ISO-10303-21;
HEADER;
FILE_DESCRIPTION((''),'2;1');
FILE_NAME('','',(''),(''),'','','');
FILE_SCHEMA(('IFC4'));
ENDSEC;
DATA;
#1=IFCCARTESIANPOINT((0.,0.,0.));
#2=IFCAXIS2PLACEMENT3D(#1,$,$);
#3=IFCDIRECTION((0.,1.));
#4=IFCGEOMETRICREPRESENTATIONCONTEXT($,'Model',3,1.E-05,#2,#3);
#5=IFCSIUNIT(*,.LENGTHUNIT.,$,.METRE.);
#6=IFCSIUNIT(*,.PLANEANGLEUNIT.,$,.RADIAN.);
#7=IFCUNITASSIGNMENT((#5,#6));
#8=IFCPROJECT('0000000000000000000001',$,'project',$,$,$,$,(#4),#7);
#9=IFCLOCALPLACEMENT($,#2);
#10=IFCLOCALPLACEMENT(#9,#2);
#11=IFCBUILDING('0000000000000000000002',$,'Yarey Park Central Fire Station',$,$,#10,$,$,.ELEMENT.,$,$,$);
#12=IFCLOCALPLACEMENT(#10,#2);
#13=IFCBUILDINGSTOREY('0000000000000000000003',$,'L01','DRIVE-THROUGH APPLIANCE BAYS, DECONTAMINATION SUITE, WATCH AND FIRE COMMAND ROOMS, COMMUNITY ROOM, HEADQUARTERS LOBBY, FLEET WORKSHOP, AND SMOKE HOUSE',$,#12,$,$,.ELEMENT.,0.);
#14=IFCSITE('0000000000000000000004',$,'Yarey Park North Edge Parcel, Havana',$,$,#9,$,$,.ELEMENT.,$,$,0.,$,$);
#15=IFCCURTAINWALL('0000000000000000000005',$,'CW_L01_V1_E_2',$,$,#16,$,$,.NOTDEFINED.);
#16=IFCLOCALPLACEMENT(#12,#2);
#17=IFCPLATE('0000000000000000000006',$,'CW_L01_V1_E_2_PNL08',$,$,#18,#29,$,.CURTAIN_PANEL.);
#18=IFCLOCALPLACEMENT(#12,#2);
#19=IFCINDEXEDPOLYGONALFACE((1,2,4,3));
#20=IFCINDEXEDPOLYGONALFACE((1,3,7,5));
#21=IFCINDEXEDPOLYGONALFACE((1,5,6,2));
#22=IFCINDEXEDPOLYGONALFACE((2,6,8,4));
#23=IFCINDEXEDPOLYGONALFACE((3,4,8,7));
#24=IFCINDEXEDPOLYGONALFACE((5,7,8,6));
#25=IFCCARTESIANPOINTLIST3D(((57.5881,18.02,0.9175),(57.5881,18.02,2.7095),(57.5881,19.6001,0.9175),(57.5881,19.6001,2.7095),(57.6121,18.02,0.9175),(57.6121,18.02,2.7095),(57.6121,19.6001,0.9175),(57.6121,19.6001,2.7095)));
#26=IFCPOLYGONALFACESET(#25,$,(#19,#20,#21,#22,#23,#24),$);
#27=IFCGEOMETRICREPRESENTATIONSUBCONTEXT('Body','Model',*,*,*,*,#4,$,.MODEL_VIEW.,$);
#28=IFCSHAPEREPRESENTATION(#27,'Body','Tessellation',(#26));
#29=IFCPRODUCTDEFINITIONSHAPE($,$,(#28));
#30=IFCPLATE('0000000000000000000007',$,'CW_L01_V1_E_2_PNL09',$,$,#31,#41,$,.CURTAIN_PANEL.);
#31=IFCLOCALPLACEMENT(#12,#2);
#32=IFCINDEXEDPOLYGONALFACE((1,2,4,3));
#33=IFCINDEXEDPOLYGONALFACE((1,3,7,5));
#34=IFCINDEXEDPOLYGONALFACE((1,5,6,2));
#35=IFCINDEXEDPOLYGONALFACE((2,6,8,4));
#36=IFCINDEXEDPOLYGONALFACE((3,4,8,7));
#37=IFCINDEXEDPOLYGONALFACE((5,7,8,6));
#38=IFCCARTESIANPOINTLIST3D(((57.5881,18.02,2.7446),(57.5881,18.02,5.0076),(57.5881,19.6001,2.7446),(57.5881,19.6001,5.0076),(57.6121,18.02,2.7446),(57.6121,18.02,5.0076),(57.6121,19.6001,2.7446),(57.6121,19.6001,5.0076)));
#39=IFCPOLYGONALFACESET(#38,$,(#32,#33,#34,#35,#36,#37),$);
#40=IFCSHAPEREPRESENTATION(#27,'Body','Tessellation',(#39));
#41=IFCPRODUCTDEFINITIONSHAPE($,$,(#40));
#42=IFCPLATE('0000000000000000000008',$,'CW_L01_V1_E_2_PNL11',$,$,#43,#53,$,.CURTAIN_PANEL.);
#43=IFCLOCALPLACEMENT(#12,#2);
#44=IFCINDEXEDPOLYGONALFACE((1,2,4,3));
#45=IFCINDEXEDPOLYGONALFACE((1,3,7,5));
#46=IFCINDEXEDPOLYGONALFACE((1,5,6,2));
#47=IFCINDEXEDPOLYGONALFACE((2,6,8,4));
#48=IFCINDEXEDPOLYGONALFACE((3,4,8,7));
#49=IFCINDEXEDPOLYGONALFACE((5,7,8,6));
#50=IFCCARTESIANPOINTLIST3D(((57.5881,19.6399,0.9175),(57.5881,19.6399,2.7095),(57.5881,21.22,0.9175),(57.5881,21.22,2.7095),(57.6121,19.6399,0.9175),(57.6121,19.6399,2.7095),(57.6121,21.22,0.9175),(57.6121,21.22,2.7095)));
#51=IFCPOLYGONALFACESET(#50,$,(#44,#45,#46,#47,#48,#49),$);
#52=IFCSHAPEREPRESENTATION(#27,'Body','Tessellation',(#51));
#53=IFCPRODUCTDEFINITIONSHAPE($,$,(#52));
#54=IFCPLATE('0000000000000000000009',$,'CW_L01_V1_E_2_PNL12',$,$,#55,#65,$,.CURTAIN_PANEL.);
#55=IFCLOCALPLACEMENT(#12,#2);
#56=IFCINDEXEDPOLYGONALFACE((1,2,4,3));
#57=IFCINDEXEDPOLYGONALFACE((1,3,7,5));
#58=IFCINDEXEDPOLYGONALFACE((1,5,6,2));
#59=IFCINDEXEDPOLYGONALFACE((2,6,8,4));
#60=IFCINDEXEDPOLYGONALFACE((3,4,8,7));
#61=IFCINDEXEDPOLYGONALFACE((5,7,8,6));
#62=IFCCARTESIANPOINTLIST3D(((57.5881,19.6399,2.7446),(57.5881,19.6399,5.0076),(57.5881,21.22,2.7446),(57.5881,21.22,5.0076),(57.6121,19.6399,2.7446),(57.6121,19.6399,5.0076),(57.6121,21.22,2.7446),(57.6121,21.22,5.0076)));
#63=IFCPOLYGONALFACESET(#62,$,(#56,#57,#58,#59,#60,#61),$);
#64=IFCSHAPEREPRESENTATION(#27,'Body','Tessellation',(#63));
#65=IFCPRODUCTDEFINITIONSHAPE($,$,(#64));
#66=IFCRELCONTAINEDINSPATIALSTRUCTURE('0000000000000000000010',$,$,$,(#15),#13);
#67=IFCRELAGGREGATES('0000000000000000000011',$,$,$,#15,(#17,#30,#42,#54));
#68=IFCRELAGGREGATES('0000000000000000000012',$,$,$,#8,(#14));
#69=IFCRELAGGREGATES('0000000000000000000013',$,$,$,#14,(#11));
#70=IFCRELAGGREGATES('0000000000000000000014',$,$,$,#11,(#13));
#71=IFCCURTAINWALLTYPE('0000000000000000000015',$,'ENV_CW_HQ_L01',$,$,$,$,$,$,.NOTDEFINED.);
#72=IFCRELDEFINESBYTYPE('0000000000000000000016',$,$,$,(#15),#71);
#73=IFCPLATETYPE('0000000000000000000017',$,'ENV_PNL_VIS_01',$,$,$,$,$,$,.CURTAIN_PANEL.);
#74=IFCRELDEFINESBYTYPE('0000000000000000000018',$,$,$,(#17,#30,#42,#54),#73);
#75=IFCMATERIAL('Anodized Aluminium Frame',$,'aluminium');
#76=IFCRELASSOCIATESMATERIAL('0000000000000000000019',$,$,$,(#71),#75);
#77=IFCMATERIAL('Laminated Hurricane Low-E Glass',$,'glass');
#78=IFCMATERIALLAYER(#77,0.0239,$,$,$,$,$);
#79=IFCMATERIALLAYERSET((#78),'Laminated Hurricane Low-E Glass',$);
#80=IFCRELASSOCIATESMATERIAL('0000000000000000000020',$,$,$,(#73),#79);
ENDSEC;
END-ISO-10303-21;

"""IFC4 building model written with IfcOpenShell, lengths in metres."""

from ifc_helpers import new_model, si_unit, direction, frame, origin, origin_2d, place, context, subcontext, project, spatial, rectangle, extrude, material, layer, layer_set, type_object, element, aggregate, save


model = new_model("IFC4")

# Units and contexts
model_context = context("Model", 3, precision=1e-05, world=origin(), true_north=direction((0.0, 1.0)))
body_context = subcontext(model_context, "Body", "Model", "MODEL_VIEW")
ifc_project = project(units=[si_unit("LENGTHUNIT", "METRE"), si_unit("PLANEANGLEUNIT", "RADIAN")], contexts=[model_context])

# Site, building, storey
site_placement = place(None, origin())
site = spatial("IfcSite", under=ifc_project, at=site_placement, Name="Yarey Park North Edge Parcel, Havana", CompositionType="ELEMENT", RefElevation=0.0)
building_placement = place(site_placement, origin())
building = spatial("IfcBuilding", under=site, at=building_placement, Name="Yarey Park Central Fire Station", CompositionType="ELEMENT")
storey_placement = place(building_placement, origin())
storey = spatial("IfcBuildingStorey", under=building, at=storey_placement, Name="L01", Description="DRIVE-THROUGH APPLIANCE BAYS, DECONTAMINATION SUITE, WATCH AND FIRE COMMAND ROOMS, COMMUNITY ROOM, HEADQUARTERS LOBBY, FLEET WORKSHOP, AND SMOKE HOUSE", CompositionType="ELEMENT", Elevation=0.0)

# Curtain wall
ifc_material_1 = material(Name="Anodized Aluminium Frame", Category="aluminium")
curtain_wall_type = type_object("IfcCurtainWallType", Name="ENV_CW_HQ_L01", PredefinedType="NOTDEFINED", material=ifc_material_1)
curtain_wall_1_placement = place(storey_placement, origin())
curtain_wall_1 = element("IfcCurtainWall", 1, at=curtain_wall_1_placement, inside=storey, type_object=curtain_wall_type, Name="CW_L01_V1_E_2", PredefinedType="NOTDEFINED")

# Plates
ifc_material_2 = material(Name="Laminated Hurricane Low-E Glass", Category="glass")
ifc_layer_1 = layer(ifc_material_2, 0.0239)
ifc_layer_set_1 = layer_set([ifc_layer_1], Name="Laminated Hurricane Low-E Glass")
plate_type_1 = type_object("IfcPlateType", Name="ENV_PNL_VIS_01", PredefinedType="CURTAIN_PANEL", material=ifc_layer_set_1)
plate_1_placement = place(storey_placement, frame((57.6001, 18.8101, 0.9175), z_axis=(0.0, 0.0, 1.0), x_axis=(0.0, 1.0, 0.0)))
plate_1 = element("IfcPlate", 2, at=plate_1_placement, type_object=plate_type_1, Name="CW_L01_V1_E_2_PNL08", PredefinedType="CURTAIN_PANEL", context=body_context, shape_type="SweptSolid", body=[
    extrude(rectangle(XDim=1.5801, YDim=0.0239, at=origin_2d()), origin(), (0.0, 0.0, 1.0), 1.792),
])
plate_2_placement = place(storey_placement, frame((57.6001, 18.8101, 2.7446), z_axis=(0.0, 0.0, 1.0), x_axis=(0.0, 1.0, 0.0)))
plate_2 = element("IfcPlate", 3, at=plate_2_placement, type_object=plate_type_1, Name="CW_L01_V1_E_2_PNL09", PredefinedType="CURTAIN_PANEL", context=body_context, shape_type="SweptSolid", body=[
    extrude(rectangle(XDim=1.5801, YDim=0.0239, at=origin_2d()), origin(), (0.0, 0.0, 1.0), 2.2629),
])
plate_3_placement = place(storey_placement, frame((57.6001, 20.4299, 0.9175), z_axis=(0.0, 0.0, 1.0), x_axis=(0.0, 1.0, 0.0)))
plate_3 = element("IfcPlate", 4, at=plate_3_placement, type_object=plate_type_1, Name="CW_L01_V1_E_2_PNL11", PredefinedType="CURTAIN_PANEL", context=body_context, shape_type="SweptSolid", body=[
    extrude(rectangle(XDim=1.5801, YDim=0.0239, at=origin_2d()), origin(), (0.0, 0.0, 1.0), 1.792),
])
plate_4_placement = place(storey_placement, frame((57.6001, 20.4299, 2.7446), z_axis=(0.0, 0.0, 1.0), x_axis=(0.0, 1.0, 0.0)))
plate_4 = element("IfcPlate", 5, at=plate_4_placement, type_object=plate_type_1, Name="CW_L01_V1_E_2_PNL12", PredefinedType="CURTAIN_PANEL", context=body_context, shape_type="SweptSolid", body=[
    extrude(rectangle(XDim=1.5801, YDim=0.0239, at=origin_2d()), origin(), (0.0, 0.0, 1.0), 2.2629),
])
aggregate(curtain_wall_1, [plate_1, plate_2, plate_3, plate_4])

save(model, "model.ifc")
